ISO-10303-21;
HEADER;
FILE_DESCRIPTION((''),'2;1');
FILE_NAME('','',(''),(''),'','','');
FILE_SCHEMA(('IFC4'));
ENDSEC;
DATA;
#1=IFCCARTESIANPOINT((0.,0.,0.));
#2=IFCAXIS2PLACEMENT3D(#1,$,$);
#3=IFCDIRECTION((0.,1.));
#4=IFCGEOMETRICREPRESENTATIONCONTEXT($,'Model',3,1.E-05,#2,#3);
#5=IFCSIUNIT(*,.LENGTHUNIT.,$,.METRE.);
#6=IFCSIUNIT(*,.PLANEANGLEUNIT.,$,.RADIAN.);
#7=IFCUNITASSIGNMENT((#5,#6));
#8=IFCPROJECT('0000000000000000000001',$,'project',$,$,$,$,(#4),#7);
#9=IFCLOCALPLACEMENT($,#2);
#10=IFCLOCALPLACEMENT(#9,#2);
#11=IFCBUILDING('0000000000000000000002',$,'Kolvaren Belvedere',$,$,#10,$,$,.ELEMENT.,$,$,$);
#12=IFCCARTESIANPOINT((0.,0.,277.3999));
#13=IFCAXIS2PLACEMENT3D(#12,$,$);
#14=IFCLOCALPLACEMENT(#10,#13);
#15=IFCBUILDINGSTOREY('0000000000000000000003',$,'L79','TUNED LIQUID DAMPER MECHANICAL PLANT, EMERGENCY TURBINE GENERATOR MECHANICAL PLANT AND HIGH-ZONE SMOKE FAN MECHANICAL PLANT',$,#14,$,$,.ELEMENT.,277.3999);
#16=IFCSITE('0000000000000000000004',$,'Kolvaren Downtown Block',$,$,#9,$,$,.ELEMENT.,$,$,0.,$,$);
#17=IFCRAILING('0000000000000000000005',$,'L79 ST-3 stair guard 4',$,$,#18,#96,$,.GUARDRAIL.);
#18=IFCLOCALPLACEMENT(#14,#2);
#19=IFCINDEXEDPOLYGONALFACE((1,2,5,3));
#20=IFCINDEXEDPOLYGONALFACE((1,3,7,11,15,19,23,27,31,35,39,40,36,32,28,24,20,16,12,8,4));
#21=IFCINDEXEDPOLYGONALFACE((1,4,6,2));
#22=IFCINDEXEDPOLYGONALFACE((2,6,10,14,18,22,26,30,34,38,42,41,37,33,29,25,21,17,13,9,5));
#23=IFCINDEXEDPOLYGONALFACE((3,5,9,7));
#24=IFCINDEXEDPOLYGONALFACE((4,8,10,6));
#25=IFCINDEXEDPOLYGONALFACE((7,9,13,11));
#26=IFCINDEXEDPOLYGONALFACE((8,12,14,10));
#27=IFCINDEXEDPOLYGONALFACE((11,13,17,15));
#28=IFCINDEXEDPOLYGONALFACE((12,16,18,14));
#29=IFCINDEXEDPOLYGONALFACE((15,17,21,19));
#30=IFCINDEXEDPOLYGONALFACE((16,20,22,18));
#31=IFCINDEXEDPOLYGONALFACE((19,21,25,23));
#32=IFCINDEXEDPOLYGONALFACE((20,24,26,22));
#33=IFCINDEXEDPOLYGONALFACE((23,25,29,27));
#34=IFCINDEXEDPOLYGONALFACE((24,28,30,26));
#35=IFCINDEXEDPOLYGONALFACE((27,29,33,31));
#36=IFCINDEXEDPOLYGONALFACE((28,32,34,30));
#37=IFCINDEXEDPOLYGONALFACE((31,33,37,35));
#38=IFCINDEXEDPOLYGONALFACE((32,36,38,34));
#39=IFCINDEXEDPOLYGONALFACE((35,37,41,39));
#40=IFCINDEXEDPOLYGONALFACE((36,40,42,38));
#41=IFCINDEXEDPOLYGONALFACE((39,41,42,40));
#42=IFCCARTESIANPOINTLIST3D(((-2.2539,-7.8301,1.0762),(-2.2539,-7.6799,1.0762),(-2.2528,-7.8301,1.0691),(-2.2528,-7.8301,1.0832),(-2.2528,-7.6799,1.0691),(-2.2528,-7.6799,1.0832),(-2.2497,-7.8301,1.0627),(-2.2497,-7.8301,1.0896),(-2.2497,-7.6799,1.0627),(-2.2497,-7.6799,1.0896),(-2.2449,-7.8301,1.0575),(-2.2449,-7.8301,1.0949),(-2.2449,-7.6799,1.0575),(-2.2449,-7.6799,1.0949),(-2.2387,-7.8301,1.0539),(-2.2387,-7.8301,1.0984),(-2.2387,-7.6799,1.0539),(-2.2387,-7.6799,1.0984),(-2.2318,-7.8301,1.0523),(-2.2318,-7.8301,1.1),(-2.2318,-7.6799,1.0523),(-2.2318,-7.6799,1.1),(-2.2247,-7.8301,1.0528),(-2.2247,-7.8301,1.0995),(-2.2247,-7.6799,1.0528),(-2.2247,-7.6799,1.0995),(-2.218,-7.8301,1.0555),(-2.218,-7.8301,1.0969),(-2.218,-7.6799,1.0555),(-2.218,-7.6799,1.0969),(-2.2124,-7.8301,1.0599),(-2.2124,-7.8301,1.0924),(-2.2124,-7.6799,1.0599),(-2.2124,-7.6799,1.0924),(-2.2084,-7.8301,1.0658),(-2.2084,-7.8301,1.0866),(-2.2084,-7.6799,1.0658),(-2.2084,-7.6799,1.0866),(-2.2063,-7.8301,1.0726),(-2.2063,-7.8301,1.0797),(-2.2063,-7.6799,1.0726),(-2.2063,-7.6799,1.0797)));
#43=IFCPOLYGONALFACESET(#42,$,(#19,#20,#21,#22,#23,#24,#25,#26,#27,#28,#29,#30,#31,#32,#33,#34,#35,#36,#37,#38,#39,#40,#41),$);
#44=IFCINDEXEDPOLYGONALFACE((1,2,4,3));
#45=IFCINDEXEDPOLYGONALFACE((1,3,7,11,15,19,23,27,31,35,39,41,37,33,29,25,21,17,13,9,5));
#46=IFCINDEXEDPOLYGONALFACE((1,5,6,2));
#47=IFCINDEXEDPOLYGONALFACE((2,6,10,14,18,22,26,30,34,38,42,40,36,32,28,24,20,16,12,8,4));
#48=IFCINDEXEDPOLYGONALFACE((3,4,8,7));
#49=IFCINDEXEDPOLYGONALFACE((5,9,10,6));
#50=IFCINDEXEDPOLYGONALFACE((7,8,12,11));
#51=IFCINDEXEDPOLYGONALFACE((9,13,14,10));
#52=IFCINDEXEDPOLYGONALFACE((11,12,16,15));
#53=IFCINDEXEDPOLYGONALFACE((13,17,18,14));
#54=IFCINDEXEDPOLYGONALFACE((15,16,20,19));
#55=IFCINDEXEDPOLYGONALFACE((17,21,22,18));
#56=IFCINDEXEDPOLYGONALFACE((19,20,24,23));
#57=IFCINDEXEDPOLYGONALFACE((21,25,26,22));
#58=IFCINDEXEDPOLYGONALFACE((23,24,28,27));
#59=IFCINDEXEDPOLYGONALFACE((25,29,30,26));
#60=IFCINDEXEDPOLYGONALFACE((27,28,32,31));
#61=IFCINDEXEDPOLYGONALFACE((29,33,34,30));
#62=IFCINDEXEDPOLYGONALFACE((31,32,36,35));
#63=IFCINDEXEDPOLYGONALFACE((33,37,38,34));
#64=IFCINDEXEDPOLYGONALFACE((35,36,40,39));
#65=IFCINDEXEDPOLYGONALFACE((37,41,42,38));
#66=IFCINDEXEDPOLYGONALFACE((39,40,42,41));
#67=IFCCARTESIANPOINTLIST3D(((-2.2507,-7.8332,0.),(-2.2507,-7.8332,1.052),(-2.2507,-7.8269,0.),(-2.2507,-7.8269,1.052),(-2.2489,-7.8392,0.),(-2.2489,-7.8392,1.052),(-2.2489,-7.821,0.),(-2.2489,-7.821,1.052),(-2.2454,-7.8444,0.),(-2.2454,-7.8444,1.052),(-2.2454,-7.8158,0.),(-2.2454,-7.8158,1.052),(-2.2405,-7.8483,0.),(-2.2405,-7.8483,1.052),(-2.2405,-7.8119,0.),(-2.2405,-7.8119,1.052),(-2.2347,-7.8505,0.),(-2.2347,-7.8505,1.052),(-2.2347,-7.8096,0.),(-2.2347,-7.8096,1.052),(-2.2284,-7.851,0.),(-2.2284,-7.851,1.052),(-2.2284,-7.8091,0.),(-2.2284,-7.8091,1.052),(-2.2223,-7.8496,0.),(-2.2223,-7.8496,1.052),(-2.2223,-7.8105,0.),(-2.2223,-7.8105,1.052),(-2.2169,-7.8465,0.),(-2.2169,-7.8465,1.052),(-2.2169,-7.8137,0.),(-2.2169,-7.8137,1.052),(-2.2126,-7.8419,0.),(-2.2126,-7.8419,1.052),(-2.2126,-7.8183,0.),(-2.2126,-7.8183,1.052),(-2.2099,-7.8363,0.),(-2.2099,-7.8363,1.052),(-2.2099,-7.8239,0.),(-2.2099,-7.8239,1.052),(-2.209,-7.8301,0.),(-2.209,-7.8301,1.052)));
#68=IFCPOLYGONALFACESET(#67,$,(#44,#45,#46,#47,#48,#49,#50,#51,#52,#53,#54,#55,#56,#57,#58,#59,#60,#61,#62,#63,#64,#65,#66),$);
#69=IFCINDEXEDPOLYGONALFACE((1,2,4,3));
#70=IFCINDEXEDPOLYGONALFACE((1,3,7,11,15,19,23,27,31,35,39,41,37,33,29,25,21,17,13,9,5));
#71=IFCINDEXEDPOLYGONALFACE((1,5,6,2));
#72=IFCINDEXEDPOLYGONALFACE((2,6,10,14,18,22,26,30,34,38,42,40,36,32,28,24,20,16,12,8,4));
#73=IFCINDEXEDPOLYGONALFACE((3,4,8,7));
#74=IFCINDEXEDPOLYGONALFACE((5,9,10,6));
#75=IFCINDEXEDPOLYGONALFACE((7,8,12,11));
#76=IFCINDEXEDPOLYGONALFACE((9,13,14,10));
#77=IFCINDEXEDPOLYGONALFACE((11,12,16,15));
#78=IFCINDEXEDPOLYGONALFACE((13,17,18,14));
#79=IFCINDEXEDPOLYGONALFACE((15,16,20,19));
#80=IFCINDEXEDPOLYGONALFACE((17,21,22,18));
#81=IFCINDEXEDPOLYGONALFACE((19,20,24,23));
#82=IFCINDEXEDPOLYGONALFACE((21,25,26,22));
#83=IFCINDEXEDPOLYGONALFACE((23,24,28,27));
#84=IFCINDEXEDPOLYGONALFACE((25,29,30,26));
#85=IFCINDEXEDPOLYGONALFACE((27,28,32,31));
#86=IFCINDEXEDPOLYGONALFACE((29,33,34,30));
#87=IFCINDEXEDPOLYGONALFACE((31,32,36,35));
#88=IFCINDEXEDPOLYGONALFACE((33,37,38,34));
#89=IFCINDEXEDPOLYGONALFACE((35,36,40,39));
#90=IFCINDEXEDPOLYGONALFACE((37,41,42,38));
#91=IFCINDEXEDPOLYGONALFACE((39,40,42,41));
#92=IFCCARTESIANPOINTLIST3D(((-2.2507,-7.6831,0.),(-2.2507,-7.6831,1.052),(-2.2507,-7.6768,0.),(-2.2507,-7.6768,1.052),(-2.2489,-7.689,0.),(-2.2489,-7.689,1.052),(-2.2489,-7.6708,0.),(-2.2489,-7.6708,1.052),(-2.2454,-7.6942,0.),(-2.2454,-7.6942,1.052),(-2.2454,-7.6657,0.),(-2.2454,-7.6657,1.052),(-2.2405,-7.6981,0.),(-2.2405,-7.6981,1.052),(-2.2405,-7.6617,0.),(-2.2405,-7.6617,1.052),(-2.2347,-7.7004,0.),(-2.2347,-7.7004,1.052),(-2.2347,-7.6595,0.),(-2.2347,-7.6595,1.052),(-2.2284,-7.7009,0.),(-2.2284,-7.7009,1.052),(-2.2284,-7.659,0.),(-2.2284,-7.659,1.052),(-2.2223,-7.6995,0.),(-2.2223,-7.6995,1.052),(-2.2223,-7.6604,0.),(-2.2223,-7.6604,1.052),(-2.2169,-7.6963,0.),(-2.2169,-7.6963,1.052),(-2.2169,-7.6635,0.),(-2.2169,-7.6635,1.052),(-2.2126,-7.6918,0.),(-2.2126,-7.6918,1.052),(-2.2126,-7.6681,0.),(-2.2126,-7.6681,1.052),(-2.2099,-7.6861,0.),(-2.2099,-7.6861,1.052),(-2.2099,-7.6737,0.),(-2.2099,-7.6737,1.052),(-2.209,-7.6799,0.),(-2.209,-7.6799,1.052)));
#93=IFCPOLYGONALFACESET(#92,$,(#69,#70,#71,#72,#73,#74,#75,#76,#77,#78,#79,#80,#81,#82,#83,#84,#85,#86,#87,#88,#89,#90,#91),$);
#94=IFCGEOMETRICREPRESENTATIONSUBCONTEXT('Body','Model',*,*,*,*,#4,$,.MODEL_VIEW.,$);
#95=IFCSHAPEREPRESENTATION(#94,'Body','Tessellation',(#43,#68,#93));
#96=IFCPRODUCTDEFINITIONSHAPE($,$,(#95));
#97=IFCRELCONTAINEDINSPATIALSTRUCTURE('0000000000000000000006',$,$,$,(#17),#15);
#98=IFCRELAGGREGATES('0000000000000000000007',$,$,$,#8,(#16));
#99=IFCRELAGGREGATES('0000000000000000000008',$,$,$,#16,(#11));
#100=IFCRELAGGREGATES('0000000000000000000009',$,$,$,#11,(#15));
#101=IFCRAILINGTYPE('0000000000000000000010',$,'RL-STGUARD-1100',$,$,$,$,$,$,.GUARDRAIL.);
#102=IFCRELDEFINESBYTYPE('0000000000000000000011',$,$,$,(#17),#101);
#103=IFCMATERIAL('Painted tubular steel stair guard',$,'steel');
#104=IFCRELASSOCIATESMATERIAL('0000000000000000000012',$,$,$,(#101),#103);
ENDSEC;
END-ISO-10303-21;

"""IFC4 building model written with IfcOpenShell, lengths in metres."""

from ifc_helpers import new_model, si_unit, direction, frame, origin, origin_2d, place, context, subcontext, project, spatial, circle, extrude, material, type_object, element, save


model = new_model("IFC4")

# Units and contexts
model_context = context("Model", 3, precision=1e-05, world=origin(), true_north=direction((0.0, 1.0)))
body_context = subcontext(model_context, "Body", "Model", "MODEL_VIEW")
ifc_project = project(units=[si_unit("LENGTHUNIT", "METRE"), si_unit("PLANEANGLEUNIT", "RADIAN")], contexts=[model_context])

# Site, building, storey
site_placement = place(None, origin())
site = spatial("IfcSite", under=ifc_project, at=site_placement, Name="Kolvaren Downtown Block", CompositionType="ELEMENT", RefElevation=0.0)
building_placement = place(site_placement, origin())
building = spatial("IfcBuilding", under=site, at=building_placement, Name="Kolvaren Belvedere", CompositionType="ELEMENT")
storey_placement = place(building_placement, frame((0.0, 0.0, 277.3999)))
storey = spatial("IfcBuildingStorey", under=building, at=storey_placement, Name="L79", Description="TUNED LIQUID DAMPER MECHANICAL PLANT, EMERGENCY TURBINE GENERATOR MECHANICAL PLANT AND HIGH-ZONE SMOKE FAN MECHANICAL PLANT", CompositionType="ELEMENT", Elevation=277.3999)

# Railing
ifc_material_1 = material(Name="Painted tubular steel stair guard", Category="steel")
railing_type_1 = type_object("IfcRailingType", Name="RL-STGUARD-1100", PredefinedType="GUARDRAIL", material=ifc_material_1)
railing_1_placement = place(storey_placement, frame((-2.23, -7.8301, 0.0)))
element("IfcRailing", 1, at=railing_1_placement, inside=storey, type_object=railing_type_1, Name="L79 ST-3 stair guard 4", PredefinedType="GUARDRAIL", context=body_context, shape_type="SweptSolid", body=[
    extrude(circle(Radius=0.0239, at=origin_2d()), frame((0.0, 0.0, 1.0762), z_axis=(0.0, 1.0, 0.0), x_axis=(-1.0, 0.0, 0.0)), (0.0, 0.0, 1.0), 0.1501),
    extrude(circle(Radius=0.021, at=origin_2d()), origin(), (0.0, 0.0, 1.0), 1.052),
    extrude(circle(Radius=0.021, at=origin_2d()), frame((0.0, 0.1501, 0.0)), (0.0, 0.0, 1.0), 1.052),
])

save(model, "model.ifc")
